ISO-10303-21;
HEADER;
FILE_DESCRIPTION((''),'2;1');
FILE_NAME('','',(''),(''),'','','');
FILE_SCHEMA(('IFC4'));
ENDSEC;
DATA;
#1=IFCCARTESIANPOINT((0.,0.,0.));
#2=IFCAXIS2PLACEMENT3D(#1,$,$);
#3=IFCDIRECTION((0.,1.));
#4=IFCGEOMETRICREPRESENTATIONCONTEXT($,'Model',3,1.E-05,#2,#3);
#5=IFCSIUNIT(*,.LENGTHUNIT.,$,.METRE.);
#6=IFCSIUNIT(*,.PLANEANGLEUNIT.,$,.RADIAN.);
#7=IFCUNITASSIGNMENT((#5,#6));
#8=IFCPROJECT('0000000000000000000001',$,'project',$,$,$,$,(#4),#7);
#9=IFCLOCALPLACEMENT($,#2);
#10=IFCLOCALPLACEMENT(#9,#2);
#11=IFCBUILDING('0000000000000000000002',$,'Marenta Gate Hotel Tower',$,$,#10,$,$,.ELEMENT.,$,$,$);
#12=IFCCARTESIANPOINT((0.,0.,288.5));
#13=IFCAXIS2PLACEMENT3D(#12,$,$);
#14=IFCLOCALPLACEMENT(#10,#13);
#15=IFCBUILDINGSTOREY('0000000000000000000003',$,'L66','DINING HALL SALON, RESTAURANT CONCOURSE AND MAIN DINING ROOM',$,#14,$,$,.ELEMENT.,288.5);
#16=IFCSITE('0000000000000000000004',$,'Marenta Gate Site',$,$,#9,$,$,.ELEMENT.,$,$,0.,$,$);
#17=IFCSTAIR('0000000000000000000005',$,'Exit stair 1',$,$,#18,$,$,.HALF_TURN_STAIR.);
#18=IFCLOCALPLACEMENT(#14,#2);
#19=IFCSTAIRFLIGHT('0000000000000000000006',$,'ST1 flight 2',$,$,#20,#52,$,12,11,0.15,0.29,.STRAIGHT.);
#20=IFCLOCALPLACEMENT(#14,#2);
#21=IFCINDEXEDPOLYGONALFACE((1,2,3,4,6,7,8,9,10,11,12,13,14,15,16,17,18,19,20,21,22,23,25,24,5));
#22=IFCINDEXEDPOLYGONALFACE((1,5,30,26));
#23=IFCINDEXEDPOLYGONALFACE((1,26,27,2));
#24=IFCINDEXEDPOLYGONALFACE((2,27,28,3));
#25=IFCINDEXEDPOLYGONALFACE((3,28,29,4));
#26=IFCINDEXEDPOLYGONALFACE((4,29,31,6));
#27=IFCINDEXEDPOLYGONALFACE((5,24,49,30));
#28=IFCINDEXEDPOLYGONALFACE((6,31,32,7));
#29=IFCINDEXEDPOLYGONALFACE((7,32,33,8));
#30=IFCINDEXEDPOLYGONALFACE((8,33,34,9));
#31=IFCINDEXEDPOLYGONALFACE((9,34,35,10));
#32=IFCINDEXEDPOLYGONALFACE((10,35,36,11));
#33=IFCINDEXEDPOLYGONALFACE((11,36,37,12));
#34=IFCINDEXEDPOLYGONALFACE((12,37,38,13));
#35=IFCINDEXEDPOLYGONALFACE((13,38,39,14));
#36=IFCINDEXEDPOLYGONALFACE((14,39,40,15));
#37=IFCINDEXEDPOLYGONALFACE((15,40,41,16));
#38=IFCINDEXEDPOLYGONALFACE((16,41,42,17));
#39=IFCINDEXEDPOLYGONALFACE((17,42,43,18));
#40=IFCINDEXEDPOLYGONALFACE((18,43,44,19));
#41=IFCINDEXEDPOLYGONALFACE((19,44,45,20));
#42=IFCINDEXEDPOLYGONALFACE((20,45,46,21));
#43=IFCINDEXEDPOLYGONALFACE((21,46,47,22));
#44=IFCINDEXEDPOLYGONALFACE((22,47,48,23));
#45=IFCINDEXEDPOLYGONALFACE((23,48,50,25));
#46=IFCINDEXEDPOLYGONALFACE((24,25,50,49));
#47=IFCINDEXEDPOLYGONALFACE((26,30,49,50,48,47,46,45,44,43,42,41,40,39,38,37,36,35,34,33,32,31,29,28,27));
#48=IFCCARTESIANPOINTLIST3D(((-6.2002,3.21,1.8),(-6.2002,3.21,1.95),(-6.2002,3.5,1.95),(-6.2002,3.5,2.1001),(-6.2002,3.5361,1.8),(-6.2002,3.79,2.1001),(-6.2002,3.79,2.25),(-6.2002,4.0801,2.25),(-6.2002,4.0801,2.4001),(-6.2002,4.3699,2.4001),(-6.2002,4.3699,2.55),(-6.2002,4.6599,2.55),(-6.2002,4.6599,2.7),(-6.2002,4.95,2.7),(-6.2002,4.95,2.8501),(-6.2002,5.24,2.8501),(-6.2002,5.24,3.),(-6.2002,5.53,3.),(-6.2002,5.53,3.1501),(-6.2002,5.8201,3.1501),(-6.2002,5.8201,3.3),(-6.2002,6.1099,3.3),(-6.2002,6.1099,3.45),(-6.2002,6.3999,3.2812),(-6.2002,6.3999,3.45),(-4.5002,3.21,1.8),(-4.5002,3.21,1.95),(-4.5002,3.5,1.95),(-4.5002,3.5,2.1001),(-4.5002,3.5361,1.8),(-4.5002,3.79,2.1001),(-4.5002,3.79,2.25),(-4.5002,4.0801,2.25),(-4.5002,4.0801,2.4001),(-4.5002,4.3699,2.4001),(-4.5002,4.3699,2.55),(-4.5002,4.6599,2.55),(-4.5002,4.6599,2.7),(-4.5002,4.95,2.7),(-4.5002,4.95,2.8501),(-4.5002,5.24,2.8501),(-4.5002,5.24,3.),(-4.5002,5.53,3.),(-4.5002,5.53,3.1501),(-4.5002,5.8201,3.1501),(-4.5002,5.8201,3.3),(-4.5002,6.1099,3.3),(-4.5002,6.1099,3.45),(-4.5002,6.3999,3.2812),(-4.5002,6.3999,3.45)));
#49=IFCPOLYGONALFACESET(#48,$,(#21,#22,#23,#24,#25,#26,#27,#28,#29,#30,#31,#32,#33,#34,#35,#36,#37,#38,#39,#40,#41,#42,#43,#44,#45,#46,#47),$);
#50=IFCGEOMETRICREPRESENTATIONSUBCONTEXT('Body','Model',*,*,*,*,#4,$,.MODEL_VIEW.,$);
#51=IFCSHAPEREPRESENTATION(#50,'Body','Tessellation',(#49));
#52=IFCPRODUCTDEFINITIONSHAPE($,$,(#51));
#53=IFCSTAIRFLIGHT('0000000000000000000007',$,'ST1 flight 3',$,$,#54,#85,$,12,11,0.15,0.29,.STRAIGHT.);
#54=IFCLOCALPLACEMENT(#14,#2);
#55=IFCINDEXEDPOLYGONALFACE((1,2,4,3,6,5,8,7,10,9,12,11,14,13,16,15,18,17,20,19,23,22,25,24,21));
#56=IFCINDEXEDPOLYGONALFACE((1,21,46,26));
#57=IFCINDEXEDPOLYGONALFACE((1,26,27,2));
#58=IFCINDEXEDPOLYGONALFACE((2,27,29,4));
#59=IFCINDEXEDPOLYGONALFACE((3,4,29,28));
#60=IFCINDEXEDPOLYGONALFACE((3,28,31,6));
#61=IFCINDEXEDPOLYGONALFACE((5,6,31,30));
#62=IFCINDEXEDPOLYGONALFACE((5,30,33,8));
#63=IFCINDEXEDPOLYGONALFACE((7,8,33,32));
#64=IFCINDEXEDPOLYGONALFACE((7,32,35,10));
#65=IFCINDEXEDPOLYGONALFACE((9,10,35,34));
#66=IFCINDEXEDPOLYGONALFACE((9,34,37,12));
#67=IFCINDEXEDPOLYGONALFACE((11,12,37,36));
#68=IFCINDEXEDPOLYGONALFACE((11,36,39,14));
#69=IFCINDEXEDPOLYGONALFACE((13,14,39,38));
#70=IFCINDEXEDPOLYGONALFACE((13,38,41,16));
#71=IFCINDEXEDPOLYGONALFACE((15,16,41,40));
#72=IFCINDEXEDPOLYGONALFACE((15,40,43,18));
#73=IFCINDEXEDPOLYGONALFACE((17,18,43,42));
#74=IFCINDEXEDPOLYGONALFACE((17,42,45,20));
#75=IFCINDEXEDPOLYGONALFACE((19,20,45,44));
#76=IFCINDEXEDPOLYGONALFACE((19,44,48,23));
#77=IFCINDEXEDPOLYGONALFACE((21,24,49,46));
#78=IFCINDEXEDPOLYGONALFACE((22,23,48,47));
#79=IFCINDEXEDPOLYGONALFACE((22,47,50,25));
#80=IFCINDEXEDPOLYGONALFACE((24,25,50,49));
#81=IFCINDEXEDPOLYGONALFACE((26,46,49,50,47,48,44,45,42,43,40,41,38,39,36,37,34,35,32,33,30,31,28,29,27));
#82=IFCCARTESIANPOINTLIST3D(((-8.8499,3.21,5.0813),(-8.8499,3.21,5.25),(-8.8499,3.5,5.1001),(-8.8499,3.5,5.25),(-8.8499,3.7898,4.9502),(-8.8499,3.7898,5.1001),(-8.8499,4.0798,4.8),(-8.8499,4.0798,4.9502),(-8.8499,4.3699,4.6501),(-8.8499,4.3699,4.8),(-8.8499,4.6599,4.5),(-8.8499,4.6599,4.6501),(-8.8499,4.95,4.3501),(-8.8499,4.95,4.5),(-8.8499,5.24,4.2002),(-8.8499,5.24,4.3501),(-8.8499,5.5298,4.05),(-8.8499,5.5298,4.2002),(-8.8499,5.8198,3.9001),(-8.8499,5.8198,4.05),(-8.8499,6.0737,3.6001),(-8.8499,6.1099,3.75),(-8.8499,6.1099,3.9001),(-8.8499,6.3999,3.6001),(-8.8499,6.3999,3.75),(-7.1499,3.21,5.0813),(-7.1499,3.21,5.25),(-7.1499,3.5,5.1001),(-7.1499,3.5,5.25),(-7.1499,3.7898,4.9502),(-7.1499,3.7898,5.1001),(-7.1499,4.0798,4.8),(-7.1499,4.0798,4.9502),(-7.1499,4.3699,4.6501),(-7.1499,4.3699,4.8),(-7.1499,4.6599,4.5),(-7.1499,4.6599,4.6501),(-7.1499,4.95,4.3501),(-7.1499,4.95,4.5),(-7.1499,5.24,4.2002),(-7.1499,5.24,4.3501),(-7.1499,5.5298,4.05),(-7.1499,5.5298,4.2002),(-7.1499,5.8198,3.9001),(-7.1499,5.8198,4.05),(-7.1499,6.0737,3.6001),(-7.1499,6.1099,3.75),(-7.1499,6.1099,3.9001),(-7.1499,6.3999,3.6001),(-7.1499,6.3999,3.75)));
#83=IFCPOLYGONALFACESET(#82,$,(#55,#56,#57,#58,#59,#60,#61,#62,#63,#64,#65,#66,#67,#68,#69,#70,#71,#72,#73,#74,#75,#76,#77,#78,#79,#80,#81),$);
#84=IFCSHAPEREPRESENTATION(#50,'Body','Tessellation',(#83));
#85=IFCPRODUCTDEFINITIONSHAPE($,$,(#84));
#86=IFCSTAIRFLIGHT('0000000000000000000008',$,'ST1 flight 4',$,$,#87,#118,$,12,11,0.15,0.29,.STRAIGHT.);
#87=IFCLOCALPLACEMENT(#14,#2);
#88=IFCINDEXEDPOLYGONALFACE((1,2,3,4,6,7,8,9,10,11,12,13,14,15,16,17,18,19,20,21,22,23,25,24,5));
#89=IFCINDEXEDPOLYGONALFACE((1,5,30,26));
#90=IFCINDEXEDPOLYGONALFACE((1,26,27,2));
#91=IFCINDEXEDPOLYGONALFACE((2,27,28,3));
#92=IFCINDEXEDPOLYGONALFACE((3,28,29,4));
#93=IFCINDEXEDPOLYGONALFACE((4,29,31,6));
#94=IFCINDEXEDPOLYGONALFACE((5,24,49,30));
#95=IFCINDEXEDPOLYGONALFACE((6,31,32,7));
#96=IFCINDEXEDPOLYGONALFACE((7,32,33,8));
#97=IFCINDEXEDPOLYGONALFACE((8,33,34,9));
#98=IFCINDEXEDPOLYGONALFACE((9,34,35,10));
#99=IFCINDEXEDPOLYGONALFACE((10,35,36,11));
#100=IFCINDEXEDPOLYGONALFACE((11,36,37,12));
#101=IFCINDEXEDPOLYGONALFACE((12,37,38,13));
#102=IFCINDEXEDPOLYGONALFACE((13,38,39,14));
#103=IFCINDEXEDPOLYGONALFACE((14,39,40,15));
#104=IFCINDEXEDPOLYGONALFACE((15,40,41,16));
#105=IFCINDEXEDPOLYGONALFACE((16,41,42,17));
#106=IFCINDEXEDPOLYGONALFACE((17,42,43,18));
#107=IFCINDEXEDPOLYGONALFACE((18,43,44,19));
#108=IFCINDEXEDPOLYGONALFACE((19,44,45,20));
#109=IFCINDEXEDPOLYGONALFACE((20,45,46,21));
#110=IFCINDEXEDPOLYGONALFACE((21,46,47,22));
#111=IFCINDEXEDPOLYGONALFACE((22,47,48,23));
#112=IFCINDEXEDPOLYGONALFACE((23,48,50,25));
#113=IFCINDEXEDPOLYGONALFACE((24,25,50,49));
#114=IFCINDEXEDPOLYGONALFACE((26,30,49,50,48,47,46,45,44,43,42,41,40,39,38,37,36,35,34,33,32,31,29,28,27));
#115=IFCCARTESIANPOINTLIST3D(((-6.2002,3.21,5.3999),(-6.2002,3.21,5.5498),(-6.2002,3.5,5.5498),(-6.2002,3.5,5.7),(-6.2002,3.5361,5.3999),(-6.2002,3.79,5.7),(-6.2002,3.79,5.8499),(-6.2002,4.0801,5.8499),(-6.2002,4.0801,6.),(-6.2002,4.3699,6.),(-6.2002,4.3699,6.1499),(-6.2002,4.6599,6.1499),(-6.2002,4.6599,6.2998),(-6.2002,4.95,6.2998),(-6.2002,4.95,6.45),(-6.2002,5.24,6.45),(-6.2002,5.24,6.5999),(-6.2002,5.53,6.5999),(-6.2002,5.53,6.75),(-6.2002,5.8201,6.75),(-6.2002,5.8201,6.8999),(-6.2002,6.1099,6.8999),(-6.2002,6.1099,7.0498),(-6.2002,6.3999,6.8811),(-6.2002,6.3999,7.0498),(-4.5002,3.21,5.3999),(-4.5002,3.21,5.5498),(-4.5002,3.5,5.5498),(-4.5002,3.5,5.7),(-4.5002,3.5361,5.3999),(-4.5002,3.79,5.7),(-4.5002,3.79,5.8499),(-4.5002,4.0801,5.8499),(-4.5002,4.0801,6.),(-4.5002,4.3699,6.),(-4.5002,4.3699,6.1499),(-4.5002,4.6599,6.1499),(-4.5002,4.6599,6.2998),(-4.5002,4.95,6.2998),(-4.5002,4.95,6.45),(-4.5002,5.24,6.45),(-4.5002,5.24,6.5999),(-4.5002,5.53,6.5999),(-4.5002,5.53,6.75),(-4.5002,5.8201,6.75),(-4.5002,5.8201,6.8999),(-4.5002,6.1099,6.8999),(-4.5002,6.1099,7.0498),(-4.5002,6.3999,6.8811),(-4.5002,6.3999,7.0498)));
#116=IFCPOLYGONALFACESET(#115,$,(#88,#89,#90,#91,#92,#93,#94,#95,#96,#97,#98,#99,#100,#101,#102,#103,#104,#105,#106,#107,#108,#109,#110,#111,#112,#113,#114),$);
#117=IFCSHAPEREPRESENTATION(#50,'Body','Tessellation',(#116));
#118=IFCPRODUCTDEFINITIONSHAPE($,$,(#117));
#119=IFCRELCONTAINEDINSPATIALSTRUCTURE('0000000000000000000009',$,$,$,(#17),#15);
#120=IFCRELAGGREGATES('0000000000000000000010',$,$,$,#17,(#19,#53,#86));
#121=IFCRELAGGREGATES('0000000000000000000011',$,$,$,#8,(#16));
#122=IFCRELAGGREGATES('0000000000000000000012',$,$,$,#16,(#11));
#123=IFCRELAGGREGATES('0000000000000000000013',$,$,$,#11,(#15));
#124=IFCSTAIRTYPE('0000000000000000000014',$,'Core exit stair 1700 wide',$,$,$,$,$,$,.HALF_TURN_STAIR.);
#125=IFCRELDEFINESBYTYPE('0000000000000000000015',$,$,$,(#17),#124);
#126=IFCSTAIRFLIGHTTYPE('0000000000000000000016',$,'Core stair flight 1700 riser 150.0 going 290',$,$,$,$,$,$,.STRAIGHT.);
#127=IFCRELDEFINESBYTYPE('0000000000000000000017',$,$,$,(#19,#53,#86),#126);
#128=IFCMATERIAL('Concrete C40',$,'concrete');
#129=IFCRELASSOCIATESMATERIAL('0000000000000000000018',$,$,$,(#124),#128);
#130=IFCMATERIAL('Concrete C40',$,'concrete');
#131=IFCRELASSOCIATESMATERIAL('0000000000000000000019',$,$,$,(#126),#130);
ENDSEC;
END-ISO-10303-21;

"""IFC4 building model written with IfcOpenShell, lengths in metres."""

from ifc_helpers import new_model, si_unit, direction, frame, origin, place, context, subcontext, project, spatial, polyline, outline, extrude, material, type_object, element, aggregate, save


model = new_model("IFC4")

# Units and contexts
model_context = context("Model", 3, precision=1e-05, world=origin(), true_north=direction((0.0, 1.0)))
body_context = subcontext(model_context, "Body", "Model", "MODEL_VIEW")
ifc_project = project(units=[si_unit("LENGTHUNIT", "METRE"), si_unit("PLANEANGLEUNIT", "RADIAN")], contexts=[model_context])

# Site, building, storey
site_placement = place(None, origin())
site = spatial("IfcSite", under=ifc_project, at=site_placement, Name="Marenta Gate Site", CompositionType="ELEMENT", RefElevation=0.0)
building_placement = place(site_placement, origin())
building = spatial("IfcBuilding", under=site, at=building_placement, Name="Marenta Gate Hotel Tower", CompositionType="ELEMENT")
storey_placement = place(building_placement, frame((0.0, 0.0, 288.5)))
storey = spatial("IfcBuildingStorey", under=building, at=storey_placement, Name="L66", Description="DINING HALL SALON, RESTAURANT CONCOURSE AND MAIN DINING ROOM", CompositionType="ELEMENT", Elevation=288.5)

# Stair, stair flights
ifc_material_1 = material(Name="Concrete C40", Category="concrete")
stair_type = type_object("IfcStairType", Name="Core exit stair 1700 wide", PredefinedType="HALF_TURN_STAIR", material=ifc_material_1)
stair_placement = place(storey_placement, origin())
stair = element("IfcStair", 1, at=stair_placement, inside=storey, type_object=stair_type, Name="Exit stair 1", PredefinedType="HALF_TURN_STAIR")
ifc_material_2 = material(Name="Concrete C40", Category="concrete")
stair_flight_type = type_object("IfcStairFlightType", Name="Core stair flight 1700 riser 150.0 going 290", PredefinedType="STRAIGHT", material=ifc_material_2)
stair_flight_1_placement = place(storey_placement, frame((-5.3501, 3.21, 1.8), z_axis=(0.0, 0.0, 1.0), x_axis=(0.0, 1.0, 0.0)))
stair_flight_1 = element("IfcStairFlight", 2, at=stair_flight_1_placement, type_object=stair_flight_type, Name="ST1 flight 2", NumberOfRisers=12, NumberOfTreads=11, PredefinedType="STRAIGHT", RiserHeight=0.15, TreadLength=0.29, context=body_context, shape_type="SweptSolid", body=[
    extrude(outline(polyline([(0.0, 0.0), (0.0, 0.1499), (0.29, 0.1499), (0.29, 0.3), (0.5801, 0.3), (0.5801, 0.45), (0.8701, 0.45), (0.8701, 0.6001), (1.1599, 0.6001), (1.1599, 0.75), (1.45, 0.75), (1.45, 0.8999), (1.74, 0.8999), (1.74, 1.05), (2.03, 1.05), (2.03, 1.2), (2.3201, 1.2), (2.3201, 1.3501), (2.6101, 1.3501), (2.6101, 1.5), (2.8999, 1.5), (2.8999, 1.6499), (3.1899, 1.6499), (3.1899, 1.8), (3.1899, 1.4812), (0.3262, 0.0), (0.0, 0.0)])), frame((0.0, 0.8501, 0.0), z_axis=(0.0, -1.0, 0.0), x_axis=(1.0, 0.0, 0.0)), (0.0, 0.0, 1.0), 1.7),
])
stair_flight_2_placement = place(storey_placement, frame((-8.0, 6.3999, 3.6001), z_axis=(0.0, 0.0, 1.0), x_axis=(0.0, -1.0, 0.0)))
stair_flight_2 = element("IfcStairFlight", 3, at=stair_flight_2_placement, type_object=stair_flight_type, Name="ST1 flight 3", NumberOfRisers=12, NumberOfTreads=11, PredefinedType="STRAIGHT", RiserHeight=0.15, TreadLength=0.29, context=body_context, shape_type="SweptSolid", body=[
    extrude(outline(polyline([(0.0, 0.0), (0.0, 0.1499), (0.29, 0.1499), (0.29, 0.3), (0.5801, 0.3), (0.5801, 0.45), (0.8701, 0.45), (0.8701, 0.6001), (1.1599, 0.6001), (1.1599, 0.75), (1.45, 0.75), (1.45, 0.8999), (1.74, 0.8999), (1.74, 1.05), (2.03, 1.05), (2.03, 1.2), (2.3201, 1.2), (2.3201, 1.3501), (2.6101, 1.3501), (2.6101, 1.5), (2.8999, 1.5), (2.8999, 1.6499), (3.1899, 1.6499), (3.1899, 1.8), (3.1899, 1.4812), (0.3262, 0.0), (0.0, 0.0)])), frame((0.0, 0.8501, 0.0), z_axis=(0.0, -1.0, 0.0), x_axis=(1.0, 0.0, 0.0)), (0.0, 0.0, 1.0), 1.7),
])
stair_flight_3_placement = place(storey_placement, frame((-5.3501, 3.21, 5.3999), z_axis=(0.0, 0.0, 1.0), x_axis=(0.0, 1.0, 0.0)))
stair_flight_3 = element("IfcStairFlight", 4, at=stair_flight_3_placement, type_object=stair_flight_type, Name="ST1 flight 4", NumberOfRisers=12, NumberOfTreads=11, PredefinedType="STRAIGHT", RiserHeight=0.15, TreadLength=0.29, context=body_context, shape_type="SweptSolid", body=[
    extrude(outline(polyline([(0.0, 0.0), (0.0, 0.1499), (0.29, 0.1499), (0.29, 0.3), (0.5801, 0.3), (0.5801, 0.45), (0.8701, 0.45), (0.8701, 0.6001), (1.1599, 0.6001), (1.1599, 0.75), (1.45, 0.75), (1.45, 0.8999), (1.74, 0.8999), (1.74, 1.05), (2.03, 1.05), (2.03, 1.2), (2.3201, 1.2), (2.3201, 1.3501), (2.6101, 1.3501), (2.6101, 1.5), (2.8999, 1.5), (2.8999, 1.6499), (3.1899, 1.6499), (3.1899, 1.8), (3.1899, 1.4812), (0.3262, 0.0), (0.0, 0.0)])), frame((0.0, 0.8501, 0.0), z_axis=(0.0, -1.0, 0.0), x_axis=(1.0, 0.0, 0.0)), (0.0, 0.0, 1.0), 1.7),
])
aggregate(stair, [stair_flight_1, stair_flight_2, stair_flight_3])

save(model, "model.ifc")
